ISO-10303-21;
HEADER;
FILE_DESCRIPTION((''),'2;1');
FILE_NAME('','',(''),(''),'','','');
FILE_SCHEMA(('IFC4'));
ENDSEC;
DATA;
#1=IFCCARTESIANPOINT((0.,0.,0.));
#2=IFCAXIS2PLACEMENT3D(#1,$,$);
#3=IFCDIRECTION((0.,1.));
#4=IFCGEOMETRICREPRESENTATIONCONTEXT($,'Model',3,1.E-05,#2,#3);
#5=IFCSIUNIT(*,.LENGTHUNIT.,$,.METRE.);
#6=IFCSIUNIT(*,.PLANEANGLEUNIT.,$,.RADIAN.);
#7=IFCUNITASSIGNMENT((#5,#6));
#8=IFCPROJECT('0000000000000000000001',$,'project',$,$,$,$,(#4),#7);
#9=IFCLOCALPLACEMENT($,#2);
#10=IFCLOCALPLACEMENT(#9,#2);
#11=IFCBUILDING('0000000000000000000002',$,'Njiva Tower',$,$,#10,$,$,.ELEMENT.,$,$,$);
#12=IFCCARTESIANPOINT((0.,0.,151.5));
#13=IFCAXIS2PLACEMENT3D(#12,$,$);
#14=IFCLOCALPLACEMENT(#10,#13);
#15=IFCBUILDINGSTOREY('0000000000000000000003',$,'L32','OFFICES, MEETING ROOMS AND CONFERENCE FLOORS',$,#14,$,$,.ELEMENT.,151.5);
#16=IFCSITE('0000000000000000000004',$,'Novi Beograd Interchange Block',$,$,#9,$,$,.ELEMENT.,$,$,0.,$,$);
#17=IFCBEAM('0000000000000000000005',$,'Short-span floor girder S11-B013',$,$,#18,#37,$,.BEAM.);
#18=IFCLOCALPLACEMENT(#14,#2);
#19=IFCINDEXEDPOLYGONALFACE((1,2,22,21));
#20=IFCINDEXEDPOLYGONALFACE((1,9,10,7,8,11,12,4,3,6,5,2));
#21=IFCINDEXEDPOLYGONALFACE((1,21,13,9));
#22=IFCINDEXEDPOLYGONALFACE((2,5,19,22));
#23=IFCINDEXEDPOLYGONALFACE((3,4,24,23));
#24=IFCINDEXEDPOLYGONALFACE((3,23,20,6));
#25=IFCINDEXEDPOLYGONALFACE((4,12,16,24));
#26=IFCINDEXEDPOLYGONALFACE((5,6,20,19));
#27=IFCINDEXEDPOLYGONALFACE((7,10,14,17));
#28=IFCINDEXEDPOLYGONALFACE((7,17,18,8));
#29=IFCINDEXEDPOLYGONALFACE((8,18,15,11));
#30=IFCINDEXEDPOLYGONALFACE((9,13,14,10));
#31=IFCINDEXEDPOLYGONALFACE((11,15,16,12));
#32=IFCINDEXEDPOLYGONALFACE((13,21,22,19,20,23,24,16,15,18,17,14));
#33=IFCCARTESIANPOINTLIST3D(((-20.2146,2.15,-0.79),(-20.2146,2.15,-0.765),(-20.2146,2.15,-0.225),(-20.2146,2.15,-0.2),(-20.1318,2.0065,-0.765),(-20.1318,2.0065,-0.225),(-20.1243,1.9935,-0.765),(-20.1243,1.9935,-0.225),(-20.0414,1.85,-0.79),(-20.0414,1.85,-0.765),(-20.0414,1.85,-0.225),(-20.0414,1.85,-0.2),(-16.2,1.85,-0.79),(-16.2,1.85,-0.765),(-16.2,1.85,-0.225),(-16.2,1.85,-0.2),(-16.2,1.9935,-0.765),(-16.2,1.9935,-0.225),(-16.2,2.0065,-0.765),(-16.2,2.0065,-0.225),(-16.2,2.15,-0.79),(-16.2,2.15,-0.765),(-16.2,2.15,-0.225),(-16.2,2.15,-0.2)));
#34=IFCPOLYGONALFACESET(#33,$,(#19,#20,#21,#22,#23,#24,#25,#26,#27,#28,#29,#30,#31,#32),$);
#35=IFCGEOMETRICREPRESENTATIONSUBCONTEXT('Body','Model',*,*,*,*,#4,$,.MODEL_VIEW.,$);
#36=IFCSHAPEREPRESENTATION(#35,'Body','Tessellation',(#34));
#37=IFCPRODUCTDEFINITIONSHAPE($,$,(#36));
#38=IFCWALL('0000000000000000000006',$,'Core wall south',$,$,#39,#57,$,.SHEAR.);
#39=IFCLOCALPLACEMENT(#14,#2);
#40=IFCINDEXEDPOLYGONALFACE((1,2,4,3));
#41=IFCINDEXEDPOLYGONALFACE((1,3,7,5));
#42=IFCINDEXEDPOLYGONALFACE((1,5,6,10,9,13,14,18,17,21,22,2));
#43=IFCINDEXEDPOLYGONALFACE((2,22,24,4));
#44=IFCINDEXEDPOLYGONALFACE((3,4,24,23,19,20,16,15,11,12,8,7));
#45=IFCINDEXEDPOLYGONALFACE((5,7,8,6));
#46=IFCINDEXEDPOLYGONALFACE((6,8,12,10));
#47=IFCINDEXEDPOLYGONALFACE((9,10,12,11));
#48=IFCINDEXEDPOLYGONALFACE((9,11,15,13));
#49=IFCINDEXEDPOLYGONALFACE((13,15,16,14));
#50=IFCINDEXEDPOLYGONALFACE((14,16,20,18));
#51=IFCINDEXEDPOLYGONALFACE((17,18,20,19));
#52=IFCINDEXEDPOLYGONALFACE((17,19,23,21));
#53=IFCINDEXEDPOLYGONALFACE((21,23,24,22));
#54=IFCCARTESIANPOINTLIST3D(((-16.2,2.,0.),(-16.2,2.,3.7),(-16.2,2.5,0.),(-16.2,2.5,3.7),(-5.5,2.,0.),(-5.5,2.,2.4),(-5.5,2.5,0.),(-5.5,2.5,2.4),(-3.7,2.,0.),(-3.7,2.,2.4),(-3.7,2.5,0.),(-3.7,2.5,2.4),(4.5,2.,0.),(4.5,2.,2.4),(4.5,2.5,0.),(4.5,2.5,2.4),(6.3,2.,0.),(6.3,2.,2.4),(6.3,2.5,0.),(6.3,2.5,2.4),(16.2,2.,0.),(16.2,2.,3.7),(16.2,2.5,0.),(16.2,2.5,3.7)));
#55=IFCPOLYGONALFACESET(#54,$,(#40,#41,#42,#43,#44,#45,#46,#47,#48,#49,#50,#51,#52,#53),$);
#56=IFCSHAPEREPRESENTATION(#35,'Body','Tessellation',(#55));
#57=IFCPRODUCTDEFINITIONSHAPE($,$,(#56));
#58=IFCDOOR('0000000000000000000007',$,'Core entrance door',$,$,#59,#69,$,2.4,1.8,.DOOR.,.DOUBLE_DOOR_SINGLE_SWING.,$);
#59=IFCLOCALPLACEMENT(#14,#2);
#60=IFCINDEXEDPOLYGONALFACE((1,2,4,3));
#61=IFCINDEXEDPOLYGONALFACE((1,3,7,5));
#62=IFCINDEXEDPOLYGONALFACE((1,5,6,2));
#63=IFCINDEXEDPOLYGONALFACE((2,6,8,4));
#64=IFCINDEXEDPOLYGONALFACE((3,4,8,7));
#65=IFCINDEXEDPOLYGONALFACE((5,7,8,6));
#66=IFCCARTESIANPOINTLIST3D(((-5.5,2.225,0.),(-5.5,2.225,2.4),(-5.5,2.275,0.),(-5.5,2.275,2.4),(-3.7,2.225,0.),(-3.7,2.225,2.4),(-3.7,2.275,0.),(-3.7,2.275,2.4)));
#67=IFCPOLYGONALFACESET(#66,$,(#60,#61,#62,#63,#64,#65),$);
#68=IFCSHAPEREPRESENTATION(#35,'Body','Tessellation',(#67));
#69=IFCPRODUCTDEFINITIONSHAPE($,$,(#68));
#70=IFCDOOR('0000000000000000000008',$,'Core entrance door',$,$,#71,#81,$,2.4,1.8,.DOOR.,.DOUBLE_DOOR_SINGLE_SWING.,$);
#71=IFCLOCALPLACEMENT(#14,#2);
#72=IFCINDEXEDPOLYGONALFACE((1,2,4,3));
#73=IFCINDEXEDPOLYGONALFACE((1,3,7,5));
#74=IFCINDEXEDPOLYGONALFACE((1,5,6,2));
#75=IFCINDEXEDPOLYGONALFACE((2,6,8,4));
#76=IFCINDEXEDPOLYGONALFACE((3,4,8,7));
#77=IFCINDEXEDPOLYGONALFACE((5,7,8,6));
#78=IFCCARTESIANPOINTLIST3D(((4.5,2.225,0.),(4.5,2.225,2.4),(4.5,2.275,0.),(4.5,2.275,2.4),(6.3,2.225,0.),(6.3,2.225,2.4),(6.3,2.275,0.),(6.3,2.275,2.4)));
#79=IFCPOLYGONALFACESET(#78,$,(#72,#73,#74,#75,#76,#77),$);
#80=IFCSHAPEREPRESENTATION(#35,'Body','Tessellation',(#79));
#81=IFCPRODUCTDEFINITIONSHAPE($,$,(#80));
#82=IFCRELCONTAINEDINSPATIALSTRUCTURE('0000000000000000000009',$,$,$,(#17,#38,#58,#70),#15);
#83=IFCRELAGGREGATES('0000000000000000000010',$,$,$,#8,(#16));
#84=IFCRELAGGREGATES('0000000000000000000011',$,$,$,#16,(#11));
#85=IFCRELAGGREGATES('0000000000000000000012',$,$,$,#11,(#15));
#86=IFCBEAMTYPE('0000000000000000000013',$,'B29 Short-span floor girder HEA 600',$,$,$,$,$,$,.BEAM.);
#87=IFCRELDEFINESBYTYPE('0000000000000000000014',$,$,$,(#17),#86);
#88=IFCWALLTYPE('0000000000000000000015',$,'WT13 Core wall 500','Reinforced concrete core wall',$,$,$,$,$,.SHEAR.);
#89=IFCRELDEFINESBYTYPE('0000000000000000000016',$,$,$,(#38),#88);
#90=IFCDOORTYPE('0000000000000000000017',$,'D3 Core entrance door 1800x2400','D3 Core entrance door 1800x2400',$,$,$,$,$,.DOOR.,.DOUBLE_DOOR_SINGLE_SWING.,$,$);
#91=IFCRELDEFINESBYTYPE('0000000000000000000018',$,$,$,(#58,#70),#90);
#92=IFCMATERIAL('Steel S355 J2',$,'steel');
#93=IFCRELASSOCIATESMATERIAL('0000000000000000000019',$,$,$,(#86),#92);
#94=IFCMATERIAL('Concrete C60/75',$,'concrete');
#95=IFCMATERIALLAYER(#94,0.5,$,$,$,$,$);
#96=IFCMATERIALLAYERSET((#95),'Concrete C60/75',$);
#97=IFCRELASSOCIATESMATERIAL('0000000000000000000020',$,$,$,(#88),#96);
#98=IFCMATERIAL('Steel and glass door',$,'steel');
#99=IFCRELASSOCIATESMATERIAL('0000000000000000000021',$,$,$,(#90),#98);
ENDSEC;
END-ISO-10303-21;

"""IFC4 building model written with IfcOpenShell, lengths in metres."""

from ifc_helpers import new_model, si_unit, direction, frame, frame_2d, origin, origin_2d, place, context, subcontext, project, spatial, rectangle, i_section, extrude, clip, halfspace, material, layer, layer_set, material_profile, profile_set, type_object, element, fill, save


model = new_model("IFC4")

# Units and contexts
model_context = context("Model", 3, precision=1e-05, world=origin(), true_north=direction((0.0, 1.0)))
body_context = subcontext(model_context, "Body", "Model", "MODEL_VIEW")
ifc_project = project(units=[si_unit("LENGTHUNIT", "METRE"), si_unit("PLANEANGLEUNIT", "RADIAN")], contexts=[model_context])

# Site, building, storey
site_placement = place(None, origin())
site = spatial("IfcSite", under=ifc_project, at=site_placement, Name="Novi Beograd Interchange Block", CompositionType="ELEMENT", RefElevation=0.0)
building_placement = place(site_placement, origin())
building = spatial("IfcBuilding", under=site, at=building_placement, Name="Njiva Tower", CompositionType="ELEMENT")
storey_placement = place(building_placement, frame((0.0, 0.0, 151.5)))
storey = spatial("IfcBuildingStorey", under=building, at=storey_placement, Name="L32", Description="OFFICES, MEETING ROOMS AND CONFERENCE FLOORS", CompositionType="ELEMENT", Elevation=151.5)

# Shared definitions
ifc_material_1 = material(Name="Steel S355 J2", Category="steel")

# Beam
ifc_material_profile_1 = material_profile(ifc_material_1, i_section(OverallWidth=0.3, OverallDepth=0.59, WebThickness=0.013, FlangeThickness=0.025, at=origin_2d()), Name="HEA 600")
ifc_profile_set_1 = profile_set([ifc_material_profile_1], Name="Steel S355 J2")
beam_type_1 = type_object("IfcBeamType", Name="B29 Short-span floor girder HEA 600", PredefinedType="BEAM", material=ifc_profile_set_1)
beam_1_placement = place(storey_placement, frame((-20.235, 2.0, -0.495), z_axis=(1.0, 0.0, 0.0), x_axis=(0.0, 1.0, 0.0)))
element("IfcBeam", 1, at=beam_1_placement, inside=storey, type_object=beam_type_1, Name="Short-span floor girder S11-B013", PredefinedType="BEAM", context=body_context, shape_type="Clipping", body=[
    clip(extrude(i_section(OverallWidth=0.3, OverallDepth=0.59, WebThickness=0.013, FlangeThickness=0.025, at=origin_2d()), origin(), (0.0, 0.0, 1.0), 4.035), halfspace(frame((-0.025, 0.0, 0.1214), z_axis=(-0.499998, 0.0, -0.866027), x_axis=(0.0, -1.0, 0.0)), False)),
])

# Wall, openings, doors
ifc_material_2 = material(Name="Concrete C60/75", Category="concrete")
ifc_layer_1 = layer(ifc_material_2, 0.5)
ifc_layer_set_1 = layer_set([ifc_layer_1], Name="Concrete C60/75")
wall_type_1 = type_object("IfcWallType", Name="WT13 Core wall 500", Description="Reinforced concrete core wall", PredefinedType="SHEAR", material=ifc_layer_set_1)
wall_1_placement = place(storey_placement, frame((-16.2, 2.25, 0.0), z_axis=(0.0, 0.0, 1.0), x_axis=(1.0, 0.0, 0.0)))
wall_1 = element("IfcWall", 2, at=wall_1_placement, inside=storey, type_object=wall_type_1, Name="Core wall south", PredefinedType="SHEAR", context=body_context, shape_type="SweptSolid", body=[
    extrude(rectangle(XDim=32.4, YDim=0.5, at=frame_2d((16.2, 0.0))), origin(), (0.0, 0.0, 1.0), 3.7),
])
opening_1_placement = place(wall_1_placement, frame((10.7, 0.0, 0.0)))
opening_1 = element("IfcOpeningElement", 3, at=opening_1_placement, cuts=wall_1, PredefinedType="OPENING", context=body_context, shape_type="SweptSolid", body=[
    extrude(rectangle(XDim=1.8, YDim=2.4, at=frame_2d((0.9, 1.2))), frame((0.0, 0.26, 0.0), z_axis=(0.0, -1.0, 0.0), x_axis=(1.0, 0.0, 0.0)), (0.0, 0.0, 1.0), 0.52),
])
opening_2_placement = place(wall_1_placement, frame((20.7, 0.0, 0.0)))
opening_2 = element("IfcOpeningElement", 4, at=opening_2_placement, cuts=wall_1, PredefinedType="OPENING", context=body_context, shape_type="SweptSolid", body=[
    extrude(rectangle(XDim=1.8, YDim=2.4, at=frame_2d((0.9, 1.2))), frame((0.0, 0.26, 0.0), z_axis=(0.0, -1.0, 0.0), x_axis=(1.0, 0.0, 0.0)), (0.0, 0.0, 1.0), 0.52),
])
ifc_material_3 = material(Name="Steel and glass door", Category="steel")
door_type_1 = type_object("IfcDoorType", Name="D3 Core entrance door 1800x2400", Description="D3 Core entrance door 1800x2400", OperationType="DOUBLE_DOOR_SINGLE_SWING", PredefinedType="DOOR", material=ifc_material_3)
door_1_placement = place(opening_1_placement, origin())
door_1 = element("IfcDoor", 5, at=door_1_placement, inside=storey, type_object=door_type_1, Name="Core entrance door", OperationType="DOUBLE_DOOR_SINGLE_SWING", OverallHeight=2.4, OverallWidth=1.8, PredefinedType="DOOR", context=body_context, shape_type="SweptSolid", body=[
    extrude(rectangle(XDim=1.8, YDim=2.4, at=frame_2d((0.9, 1.2))), frame((0.0, 0.025, 0.0), z_axis=(0.0, -1.0, 0.0), x_axis=(1.0, 0.0, 0.0)), (0.0, 0.0, 1.0), 0.05),
])
fill(opening_1, door_1)
door_2_placement = place(opening_2_placement, origin())
door_2 = element("IfcDoor", 6, at=door_2_placement, inside=storey, type_object=door_type_1, Name="Core entrance door", OperationType="DOUBLE_DOOR_SINGLE_SWING", OverallHeight=2.4, OverallWidth=1.8, PredefinedType="DOOR", context=body_context, shape_type="SweptSolid", body=[
    extrude(rectangle(XDim=1.8, YDim=2.4, at=frame_2d((0.9, 1.2))), frame((0.0, 0.025, 0.0), z_axis=(0.0, -1.0, 0.0), x_axis=(1.0, 0.0, 0.0)), (0.0, 0.0, 1.0), 0.05),
])
fill(opening_2, door_2)

save(model, "model.ifc")
